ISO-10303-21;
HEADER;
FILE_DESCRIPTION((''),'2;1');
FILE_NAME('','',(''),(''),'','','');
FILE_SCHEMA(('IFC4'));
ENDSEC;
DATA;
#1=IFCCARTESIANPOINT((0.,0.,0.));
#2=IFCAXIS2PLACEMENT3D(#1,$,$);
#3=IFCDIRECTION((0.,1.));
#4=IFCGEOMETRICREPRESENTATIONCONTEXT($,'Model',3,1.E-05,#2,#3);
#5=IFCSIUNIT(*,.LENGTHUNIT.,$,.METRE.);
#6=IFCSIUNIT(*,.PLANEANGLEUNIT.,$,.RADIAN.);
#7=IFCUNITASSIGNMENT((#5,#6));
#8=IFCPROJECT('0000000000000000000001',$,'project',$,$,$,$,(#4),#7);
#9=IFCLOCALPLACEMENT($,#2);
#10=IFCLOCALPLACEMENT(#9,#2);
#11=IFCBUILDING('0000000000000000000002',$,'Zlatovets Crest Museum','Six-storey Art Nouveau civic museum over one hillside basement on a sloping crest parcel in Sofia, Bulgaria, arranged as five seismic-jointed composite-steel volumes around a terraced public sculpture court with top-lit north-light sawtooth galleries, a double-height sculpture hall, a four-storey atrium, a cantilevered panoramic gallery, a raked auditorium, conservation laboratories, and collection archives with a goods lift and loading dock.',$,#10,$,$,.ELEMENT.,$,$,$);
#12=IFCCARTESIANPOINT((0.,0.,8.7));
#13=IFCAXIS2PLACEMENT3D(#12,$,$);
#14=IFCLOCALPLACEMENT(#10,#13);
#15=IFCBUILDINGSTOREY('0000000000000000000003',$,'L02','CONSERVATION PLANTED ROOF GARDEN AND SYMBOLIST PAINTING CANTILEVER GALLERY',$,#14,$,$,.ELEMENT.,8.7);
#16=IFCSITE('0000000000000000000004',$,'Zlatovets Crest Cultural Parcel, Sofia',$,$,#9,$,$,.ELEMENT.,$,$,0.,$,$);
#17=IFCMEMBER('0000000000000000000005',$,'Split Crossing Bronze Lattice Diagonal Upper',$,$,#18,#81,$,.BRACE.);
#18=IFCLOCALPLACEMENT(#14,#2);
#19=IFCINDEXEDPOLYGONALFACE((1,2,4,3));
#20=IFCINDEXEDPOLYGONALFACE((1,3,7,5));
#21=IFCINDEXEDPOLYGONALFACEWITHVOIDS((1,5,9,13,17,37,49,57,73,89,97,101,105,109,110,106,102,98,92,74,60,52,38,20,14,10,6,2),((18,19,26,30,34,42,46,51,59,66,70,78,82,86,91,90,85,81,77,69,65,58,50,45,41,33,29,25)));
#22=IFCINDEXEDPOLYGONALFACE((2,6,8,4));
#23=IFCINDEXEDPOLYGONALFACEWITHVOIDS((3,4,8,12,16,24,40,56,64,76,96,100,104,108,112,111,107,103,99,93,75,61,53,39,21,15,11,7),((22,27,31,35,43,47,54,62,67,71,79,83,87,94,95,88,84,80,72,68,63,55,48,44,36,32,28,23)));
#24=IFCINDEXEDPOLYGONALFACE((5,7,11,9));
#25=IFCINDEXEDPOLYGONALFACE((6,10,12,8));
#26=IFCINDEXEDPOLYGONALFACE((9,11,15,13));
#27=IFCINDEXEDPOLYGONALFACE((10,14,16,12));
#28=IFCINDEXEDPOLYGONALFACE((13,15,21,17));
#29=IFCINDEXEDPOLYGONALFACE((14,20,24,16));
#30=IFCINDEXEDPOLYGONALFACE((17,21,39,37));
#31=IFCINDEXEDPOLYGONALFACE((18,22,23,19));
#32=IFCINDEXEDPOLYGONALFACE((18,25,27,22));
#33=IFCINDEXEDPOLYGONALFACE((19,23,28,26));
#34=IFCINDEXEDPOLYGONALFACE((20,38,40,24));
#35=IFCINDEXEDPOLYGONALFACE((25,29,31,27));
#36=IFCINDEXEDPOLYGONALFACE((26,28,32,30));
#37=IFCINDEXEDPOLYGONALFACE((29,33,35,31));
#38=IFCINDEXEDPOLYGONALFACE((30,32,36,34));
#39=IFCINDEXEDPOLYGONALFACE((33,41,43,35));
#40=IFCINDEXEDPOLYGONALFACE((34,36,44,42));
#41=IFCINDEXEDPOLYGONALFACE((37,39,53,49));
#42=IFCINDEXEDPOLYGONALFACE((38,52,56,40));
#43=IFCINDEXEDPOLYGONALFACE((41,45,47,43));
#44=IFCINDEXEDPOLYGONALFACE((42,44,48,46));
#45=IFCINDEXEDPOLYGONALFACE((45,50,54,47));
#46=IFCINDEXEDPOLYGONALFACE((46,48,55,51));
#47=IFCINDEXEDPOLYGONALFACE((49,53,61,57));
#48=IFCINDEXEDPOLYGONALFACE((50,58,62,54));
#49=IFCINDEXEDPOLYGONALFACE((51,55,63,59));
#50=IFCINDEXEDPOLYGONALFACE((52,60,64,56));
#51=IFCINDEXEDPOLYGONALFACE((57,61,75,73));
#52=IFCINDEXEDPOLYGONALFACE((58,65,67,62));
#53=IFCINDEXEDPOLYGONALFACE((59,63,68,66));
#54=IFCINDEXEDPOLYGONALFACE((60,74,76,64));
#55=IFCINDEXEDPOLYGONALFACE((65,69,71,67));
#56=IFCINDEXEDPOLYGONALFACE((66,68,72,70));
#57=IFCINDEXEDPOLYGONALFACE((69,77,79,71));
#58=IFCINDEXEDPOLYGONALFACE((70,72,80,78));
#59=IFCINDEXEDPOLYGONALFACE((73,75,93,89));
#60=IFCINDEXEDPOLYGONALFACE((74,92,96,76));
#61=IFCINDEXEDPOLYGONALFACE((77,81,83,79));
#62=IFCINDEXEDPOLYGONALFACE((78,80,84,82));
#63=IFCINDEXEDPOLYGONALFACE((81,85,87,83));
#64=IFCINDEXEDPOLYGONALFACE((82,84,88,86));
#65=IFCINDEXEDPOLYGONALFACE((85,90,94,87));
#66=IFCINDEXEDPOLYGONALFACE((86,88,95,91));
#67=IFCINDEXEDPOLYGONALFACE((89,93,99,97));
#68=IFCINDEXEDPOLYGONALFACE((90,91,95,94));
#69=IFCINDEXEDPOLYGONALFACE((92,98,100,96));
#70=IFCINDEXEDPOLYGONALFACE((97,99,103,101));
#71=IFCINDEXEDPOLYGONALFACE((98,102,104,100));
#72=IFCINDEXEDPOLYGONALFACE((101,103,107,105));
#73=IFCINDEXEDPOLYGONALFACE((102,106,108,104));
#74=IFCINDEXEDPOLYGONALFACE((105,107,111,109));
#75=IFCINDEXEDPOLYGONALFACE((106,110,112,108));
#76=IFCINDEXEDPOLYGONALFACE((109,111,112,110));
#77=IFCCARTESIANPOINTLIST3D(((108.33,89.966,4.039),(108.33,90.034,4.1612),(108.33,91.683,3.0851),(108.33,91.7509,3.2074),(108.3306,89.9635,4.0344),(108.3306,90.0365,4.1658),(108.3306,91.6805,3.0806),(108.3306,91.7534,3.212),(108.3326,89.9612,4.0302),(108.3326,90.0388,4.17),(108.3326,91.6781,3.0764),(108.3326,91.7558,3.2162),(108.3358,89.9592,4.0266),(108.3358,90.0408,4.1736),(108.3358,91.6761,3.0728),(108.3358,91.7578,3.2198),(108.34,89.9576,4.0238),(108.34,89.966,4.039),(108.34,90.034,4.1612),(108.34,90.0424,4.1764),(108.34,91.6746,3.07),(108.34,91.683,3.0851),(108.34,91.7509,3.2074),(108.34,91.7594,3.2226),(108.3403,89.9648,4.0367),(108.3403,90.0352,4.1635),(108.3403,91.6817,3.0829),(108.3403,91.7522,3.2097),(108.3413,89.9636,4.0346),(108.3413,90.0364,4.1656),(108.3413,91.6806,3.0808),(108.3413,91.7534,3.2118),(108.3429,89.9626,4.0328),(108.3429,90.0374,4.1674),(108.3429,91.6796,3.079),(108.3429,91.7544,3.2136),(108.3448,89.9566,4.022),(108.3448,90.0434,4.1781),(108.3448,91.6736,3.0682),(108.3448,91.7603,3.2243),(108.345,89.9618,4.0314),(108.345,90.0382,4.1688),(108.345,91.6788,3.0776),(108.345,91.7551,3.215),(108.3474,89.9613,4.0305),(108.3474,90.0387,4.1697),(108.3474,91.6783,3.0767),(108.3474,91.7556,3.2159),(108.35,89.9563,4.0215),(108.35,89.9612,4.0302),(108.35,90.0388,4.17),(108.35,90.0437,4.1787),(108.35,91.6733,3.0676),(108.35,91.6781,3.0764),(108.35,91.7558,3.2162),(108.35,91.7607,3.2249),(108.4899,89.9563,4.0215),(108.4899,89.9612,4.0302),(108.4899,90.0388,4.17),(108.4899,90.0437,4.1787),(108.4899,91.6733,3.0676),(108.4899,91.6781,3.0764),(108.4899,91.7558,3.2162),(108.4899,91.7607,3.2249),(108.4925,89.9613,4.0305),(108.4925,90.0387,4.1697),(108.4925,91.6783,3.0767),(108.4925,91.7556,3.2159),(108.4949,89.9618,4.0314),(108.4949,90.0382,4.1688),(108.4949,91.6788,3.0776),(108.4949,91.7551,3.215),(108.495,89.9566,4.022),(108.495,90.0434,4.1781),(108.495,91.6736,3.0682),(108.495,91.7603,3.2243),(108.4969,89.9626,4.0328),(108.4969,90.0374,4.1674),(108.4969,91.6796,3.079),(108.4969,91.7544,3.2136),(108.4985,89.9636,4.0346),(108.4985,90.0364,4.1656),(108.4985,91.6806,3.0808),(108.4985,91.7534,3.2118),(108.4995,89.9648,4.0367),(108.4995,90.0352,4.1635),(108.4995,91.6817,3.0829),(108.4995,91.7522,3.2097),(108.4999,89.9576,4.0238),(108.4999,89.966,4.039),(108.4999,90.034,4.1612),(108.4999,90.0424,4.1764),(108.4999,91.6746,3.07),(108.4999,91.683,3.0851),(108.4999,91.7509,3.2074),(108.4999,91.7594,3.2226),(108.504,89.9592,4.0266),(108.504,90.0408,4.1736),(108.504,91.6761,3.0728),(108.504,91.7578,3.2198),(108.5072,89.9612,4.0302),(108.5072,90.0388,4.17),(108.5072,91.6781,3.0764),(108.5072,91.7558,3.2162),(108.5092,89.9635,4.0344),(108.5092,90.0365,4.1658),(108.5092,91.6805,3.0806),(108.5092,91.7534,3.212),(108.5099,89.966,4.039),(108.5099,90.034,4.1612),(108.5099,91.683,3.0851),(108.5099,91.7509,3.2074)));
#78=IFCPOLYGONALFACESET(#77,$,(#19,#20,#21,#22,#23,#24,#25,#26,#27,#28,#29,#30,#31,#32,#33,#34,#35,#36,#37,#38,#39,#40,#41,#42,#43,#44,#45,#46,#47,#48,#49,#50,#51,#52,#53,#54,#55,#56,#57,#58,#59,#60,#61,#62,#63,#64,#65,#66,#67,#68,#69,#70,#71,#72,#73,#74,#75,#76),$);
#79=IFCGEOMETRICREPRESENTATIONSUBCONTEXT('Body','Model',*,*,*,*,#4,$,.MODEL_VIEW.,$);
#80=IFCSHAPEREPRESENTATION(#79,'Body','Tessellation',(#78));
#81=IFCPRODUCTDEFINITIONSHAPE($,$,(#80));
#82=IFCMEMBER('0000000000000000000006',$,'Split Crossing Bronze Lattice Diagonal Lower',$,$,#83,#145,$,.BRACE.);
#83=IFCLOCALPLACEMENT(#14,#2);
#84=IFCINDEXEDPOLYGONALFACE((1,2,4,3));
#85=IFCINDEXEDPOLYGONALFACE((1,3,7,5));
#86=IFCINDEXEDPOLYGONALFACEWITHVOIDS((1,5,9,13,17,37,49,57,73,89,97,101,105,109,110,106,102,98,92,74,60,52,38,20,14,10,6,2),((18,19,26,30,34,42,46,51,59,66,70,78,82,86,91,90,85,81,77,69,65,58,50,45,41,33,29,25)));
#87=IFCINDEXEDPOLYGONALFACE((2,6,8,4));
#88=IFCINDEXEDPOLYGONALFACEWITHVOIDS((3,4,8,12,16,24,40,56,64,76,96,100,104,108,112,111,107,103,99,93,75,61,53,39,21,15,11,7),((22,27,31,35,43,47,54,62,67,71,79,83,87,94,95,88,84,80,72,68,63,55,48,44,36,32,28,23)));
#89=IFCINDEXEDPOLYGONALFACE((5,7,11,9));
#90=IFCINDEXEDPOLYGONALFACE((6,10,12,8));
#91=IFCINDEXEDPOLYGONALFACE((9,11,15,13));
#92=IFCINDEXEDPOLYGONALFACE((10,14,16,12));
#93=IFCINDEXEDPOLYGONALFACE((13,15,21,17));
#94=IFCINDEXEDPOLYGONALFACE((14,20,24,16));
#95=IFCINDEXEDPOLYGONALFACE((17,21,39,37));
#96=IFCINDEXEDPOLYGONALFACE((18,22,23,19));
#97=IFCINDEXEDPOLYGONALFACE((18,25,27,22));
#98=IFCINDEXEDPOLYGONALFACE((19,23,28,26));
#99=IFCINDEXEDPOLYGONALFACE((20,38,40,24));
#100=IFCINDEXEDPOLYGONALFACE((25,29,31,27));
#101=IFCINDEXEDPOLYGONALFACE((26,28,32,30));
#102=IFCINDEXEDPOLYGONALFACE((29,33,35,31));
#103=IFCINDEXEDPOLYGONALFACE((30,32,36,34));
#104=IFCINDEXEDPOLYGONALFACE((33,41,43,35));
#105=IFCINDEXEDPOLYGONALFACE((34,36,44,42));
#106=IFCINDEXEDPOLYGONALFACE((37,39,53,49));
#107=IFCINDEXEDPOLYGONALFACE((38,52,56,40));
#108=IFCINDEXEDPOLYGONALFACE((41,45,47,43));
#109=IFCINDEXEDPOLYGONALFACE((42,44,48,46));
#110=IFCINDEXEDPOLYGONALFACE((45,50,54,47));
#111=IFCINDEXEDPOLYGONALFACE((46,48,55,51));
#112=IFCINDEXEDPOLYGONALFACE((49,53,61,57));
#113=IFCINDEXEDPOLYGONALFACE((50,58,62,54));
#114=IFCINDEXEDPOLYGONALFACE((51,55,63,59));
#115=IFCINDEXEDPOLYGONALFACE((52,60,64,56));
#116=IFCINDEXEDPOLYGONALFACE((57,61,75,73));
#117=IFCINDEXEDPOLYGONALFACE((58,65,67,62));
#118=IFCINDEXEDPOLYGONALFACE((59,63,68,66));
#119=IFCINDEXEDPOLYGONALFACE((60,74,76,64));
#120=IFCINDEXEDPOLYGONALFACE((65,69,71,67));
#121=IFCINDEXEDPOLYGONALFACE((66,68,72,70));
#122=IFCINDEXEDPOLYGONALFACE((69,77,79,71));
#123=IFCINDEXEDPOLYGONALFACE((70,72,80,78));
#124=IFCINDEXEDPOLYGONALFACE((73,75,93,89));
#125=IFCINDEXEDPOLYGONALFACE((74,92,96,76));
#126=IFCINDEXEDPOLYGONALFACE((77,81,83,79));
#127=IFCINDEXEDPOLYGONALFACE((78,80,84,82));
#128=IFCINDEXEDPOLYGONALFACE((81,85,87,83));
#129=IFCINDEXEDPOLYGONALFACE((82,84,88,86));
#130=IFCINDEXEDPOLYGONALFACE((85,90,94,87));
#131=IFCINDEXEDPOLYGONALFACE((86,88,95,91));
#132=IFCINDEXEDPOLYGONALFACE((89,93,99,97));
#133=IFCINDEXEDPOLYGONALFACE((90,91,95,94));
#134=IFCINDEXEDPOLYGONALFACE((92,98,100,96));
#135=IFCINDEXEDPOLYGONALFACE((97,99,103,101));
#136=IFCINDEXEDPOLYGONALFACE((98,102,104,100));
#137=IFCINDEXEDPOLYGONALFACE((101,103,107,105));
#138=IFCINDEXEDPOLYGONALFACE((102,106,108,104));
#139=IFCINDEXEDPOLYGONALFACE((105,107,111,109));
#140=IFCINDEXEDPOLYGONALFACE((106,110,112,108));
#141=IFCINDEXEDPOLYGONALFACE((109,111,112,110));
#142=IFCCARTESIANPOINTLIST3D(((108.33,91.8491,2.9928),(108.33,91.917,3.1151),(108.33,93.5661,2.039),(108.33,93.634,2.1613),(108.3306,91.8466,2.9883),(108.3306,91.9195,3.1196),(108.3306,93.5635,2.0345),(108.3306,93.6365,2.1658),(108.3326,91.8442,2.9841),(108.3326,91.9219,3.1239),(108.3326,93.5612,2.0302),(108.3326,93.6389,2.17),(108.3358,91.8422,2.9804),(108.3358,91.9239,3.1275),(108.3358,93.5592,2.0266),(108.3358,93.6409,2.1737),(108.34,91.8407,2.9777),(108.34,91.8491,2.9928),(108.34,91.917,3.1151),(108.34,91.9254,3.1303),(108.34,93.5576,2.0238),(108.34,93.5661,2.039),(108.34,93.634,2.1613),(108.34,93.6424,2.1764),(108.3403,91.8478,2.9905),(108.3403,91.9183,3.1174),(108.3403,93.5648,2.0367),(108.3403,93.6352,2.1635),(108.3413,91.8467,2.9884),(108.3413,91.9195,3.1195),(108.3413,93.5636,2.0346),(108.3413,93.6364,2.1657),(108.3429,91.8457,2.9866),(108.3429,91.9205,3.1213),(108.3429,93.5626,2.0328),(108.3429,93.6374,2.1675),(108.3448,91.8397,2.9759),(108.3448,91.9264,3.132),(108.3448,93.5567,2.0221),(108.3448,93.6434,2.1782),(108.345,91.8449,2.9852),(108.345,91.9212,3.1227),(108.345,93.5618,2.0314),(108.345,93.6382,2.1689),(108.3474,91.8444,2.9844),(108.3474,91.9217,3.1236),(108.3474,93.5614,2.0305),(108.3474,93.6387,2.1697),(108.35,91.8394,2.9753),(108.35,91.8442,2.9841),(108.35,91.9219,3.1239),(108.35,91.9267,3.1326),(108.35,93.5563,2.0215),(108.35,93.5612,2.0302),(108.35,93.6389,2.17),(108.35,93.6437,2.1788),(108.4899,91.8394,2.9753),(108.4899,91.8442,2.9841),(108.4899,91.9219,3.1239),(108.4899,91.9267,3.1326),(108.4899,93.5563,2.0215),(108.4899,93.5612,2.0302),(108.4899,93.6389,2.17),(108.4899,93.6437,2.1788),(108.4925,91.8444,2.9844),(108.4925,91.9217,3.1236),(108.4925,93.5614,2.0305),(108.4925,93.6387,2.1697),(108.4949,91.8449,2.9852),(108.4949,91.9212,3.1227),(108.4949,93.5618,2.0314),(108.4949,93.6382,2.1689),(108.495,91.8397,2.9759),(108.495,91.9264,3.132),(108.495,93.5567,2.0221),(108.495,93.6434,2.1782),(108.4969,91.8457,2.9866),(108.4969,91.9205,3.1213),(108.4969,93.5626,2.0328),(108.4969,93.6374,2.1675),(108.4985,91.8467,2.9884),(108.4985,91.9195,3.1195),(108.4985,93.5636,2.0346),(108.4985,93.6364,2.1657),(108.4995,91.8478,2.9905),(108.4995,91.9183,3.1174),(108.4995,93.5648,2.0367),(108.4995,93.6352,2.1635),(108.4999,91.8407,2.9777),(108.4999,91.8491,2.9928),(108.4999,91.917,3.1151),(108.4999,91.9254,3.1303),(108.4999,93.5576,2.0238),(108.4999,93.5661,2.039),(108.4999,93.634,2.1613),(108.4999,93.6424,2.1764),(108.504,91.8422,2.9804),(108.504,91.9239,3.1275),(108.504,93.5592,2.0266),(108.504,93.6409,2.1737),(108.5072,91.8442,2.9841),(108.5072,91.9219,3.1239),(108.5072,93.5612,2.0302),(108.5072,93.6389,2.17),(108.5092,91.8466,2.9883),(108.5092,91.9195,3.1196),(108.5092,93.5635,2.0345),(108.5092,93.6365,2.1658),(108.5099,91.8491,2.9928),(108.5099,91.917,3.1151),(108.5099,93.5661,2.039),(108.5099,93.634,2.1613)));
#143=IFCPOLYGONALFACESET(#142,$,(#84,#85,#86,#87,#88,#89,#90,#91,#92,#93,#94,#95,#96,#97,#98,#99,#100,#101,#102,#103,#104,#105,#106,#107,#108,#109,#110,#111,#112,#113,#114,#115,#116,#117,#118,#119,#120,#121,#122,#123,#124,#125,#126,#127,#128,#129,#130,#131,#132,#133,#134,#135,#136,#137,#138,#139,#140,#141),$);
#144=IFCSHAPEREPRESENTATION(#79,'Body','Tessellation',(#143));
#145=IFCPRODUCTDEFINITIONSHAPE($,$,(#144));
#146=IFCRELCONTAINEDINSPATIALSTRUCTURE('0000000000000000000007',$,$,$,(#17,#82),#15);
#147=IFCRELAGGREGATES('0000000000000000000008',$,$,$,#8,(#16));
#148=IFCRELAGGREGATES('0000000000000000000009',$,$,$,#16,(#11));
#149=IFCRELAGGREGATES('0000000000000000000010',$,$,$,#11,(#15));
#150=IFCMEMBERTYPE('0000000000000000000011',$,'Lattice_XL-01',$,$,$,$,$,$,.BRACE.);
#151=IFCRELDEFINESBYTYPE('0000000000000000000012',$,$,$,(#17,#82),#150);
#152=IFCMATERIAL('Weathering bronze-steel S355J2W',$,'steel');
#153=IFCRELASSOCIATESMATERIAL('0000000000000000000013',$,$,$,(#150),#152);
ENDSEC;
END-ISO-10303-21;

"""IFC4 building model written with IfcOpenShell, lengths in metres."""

from ifc_helpers import new_model, si_unit, direction, frame, origin, origin_2d, place, context, subcontext, project, spatial, hollow_rectangle, extrude, material, material_profile, profile_set, type_object, element, save


model = new_model("IFC4")

# Units and contexts
model_context = context("Model", 3, precision=1e-05, world=origin(), true_north=direction((0.0, 1.0)))
body_context = subcontext(model_context, "Body", "Model", "MODEL_VIEW")
ifc_project = project(units=[si_unit("LENGTHUNIT", "METRE"), si_unit("PLANEANGLEUNIT", "RADIAN")], contexts=[model_context])

# Site, building, storey
site_placement = place(None, origin())
site = spatial("IfcSite", under=ifc_project, at=site_placement, Name="Zlatovets Crest Cultural Parcel, Sofia", CompositionType="ELEMENT", RefElevation=0.0)
building_placement = place(site_placement, origin())
building = spatial("IfcBuilding", under=site, at=building_placement, Name="Zlatovets Crest Museum", Description="Six-storey Art Nouveau civic museum over one hillside basement on a sloping crest parcel in Sofia, Bulgaria, arranged as five seismic-jointed composite-steel volumes around a terraced public sculpture court with top-lit north-light sawtooth galleries, a double-height sculpture hall, a four-storey atrium, a cantilevered panoramic gallery, a raked auditorium, conservation laboratories, and collection archives with a goods lift and loading dock.", CompositionType="ELEMENT")
storey_placement = place(building_placement, frame((0.0, 0.0, 8.7)))
storey = spatial("IfcBuildingStorey", under=building, at=storey_placement, Name="L02", Description="CONSERVATION PLANTED ROOF GARDEN AND SYMBOLIST PAINTING CANTILEVER GALLERY", CompositionType="ELEMENT", Elevation=8.7)

# Members
ifc_material_1 = material(Name="Weathering bronze-steel S355J2W", Category="steel")
ifc_material_profile_1 = material_profile(ifc_material_1, hollow_rectangle(XDim=0.1799, YDim=0.1799, WallThickness=0.01, InnerFilletRadius=0.01, OuterFilletRadius=0.02, at=origin_2d()), Name="SHS 180x180x10.0")
ifc_profile_set_1 = profile_set([ifc_material_profile_1], Name="Weathering bronze-steel S355J2W")
member_type_1 = type_object("IfcMemberType", Name="Lattice_XL-01", PredefinedType="BRACE", material=ifc_profile_set_1)
for number, where, z_axis, x_axis, name in (
    (1, (108.4199, 90.0, 4.1001), (0.0, 0.874169, -0.485622), (-1.0, 0.0, 0.0), "Split Crossing Bronze Lattice Diagonal Upper"),
    (2, (108.4199, 91.8831, 3.054), (0.0, 0.874169, -0.485622), (-1.0, 0.0, 0.0), "Split Crossing Bronze Lattice Diagonal Lower"),
):
    element("IfcMember", number, at=place(storey_placement, frame(where, z_axis=z_axis, x_axis=x_axis)), inside=storey, type_object=member_type_1, Name=name, PredefinedType="BRACE", context=body_context, shape_type="SweptSolid", body=[
        extrude(hollow_rectangle(XDim=0.1799, YDim=0.1799, WallThickness=0.01, InnerFilletRadius=0.01, OuterFilletRadius=0.02, at=origin_2d()), origin(), (0.0, 0.0, 1.0), 1.9641),
    ])

save(model, "model.ifc")
